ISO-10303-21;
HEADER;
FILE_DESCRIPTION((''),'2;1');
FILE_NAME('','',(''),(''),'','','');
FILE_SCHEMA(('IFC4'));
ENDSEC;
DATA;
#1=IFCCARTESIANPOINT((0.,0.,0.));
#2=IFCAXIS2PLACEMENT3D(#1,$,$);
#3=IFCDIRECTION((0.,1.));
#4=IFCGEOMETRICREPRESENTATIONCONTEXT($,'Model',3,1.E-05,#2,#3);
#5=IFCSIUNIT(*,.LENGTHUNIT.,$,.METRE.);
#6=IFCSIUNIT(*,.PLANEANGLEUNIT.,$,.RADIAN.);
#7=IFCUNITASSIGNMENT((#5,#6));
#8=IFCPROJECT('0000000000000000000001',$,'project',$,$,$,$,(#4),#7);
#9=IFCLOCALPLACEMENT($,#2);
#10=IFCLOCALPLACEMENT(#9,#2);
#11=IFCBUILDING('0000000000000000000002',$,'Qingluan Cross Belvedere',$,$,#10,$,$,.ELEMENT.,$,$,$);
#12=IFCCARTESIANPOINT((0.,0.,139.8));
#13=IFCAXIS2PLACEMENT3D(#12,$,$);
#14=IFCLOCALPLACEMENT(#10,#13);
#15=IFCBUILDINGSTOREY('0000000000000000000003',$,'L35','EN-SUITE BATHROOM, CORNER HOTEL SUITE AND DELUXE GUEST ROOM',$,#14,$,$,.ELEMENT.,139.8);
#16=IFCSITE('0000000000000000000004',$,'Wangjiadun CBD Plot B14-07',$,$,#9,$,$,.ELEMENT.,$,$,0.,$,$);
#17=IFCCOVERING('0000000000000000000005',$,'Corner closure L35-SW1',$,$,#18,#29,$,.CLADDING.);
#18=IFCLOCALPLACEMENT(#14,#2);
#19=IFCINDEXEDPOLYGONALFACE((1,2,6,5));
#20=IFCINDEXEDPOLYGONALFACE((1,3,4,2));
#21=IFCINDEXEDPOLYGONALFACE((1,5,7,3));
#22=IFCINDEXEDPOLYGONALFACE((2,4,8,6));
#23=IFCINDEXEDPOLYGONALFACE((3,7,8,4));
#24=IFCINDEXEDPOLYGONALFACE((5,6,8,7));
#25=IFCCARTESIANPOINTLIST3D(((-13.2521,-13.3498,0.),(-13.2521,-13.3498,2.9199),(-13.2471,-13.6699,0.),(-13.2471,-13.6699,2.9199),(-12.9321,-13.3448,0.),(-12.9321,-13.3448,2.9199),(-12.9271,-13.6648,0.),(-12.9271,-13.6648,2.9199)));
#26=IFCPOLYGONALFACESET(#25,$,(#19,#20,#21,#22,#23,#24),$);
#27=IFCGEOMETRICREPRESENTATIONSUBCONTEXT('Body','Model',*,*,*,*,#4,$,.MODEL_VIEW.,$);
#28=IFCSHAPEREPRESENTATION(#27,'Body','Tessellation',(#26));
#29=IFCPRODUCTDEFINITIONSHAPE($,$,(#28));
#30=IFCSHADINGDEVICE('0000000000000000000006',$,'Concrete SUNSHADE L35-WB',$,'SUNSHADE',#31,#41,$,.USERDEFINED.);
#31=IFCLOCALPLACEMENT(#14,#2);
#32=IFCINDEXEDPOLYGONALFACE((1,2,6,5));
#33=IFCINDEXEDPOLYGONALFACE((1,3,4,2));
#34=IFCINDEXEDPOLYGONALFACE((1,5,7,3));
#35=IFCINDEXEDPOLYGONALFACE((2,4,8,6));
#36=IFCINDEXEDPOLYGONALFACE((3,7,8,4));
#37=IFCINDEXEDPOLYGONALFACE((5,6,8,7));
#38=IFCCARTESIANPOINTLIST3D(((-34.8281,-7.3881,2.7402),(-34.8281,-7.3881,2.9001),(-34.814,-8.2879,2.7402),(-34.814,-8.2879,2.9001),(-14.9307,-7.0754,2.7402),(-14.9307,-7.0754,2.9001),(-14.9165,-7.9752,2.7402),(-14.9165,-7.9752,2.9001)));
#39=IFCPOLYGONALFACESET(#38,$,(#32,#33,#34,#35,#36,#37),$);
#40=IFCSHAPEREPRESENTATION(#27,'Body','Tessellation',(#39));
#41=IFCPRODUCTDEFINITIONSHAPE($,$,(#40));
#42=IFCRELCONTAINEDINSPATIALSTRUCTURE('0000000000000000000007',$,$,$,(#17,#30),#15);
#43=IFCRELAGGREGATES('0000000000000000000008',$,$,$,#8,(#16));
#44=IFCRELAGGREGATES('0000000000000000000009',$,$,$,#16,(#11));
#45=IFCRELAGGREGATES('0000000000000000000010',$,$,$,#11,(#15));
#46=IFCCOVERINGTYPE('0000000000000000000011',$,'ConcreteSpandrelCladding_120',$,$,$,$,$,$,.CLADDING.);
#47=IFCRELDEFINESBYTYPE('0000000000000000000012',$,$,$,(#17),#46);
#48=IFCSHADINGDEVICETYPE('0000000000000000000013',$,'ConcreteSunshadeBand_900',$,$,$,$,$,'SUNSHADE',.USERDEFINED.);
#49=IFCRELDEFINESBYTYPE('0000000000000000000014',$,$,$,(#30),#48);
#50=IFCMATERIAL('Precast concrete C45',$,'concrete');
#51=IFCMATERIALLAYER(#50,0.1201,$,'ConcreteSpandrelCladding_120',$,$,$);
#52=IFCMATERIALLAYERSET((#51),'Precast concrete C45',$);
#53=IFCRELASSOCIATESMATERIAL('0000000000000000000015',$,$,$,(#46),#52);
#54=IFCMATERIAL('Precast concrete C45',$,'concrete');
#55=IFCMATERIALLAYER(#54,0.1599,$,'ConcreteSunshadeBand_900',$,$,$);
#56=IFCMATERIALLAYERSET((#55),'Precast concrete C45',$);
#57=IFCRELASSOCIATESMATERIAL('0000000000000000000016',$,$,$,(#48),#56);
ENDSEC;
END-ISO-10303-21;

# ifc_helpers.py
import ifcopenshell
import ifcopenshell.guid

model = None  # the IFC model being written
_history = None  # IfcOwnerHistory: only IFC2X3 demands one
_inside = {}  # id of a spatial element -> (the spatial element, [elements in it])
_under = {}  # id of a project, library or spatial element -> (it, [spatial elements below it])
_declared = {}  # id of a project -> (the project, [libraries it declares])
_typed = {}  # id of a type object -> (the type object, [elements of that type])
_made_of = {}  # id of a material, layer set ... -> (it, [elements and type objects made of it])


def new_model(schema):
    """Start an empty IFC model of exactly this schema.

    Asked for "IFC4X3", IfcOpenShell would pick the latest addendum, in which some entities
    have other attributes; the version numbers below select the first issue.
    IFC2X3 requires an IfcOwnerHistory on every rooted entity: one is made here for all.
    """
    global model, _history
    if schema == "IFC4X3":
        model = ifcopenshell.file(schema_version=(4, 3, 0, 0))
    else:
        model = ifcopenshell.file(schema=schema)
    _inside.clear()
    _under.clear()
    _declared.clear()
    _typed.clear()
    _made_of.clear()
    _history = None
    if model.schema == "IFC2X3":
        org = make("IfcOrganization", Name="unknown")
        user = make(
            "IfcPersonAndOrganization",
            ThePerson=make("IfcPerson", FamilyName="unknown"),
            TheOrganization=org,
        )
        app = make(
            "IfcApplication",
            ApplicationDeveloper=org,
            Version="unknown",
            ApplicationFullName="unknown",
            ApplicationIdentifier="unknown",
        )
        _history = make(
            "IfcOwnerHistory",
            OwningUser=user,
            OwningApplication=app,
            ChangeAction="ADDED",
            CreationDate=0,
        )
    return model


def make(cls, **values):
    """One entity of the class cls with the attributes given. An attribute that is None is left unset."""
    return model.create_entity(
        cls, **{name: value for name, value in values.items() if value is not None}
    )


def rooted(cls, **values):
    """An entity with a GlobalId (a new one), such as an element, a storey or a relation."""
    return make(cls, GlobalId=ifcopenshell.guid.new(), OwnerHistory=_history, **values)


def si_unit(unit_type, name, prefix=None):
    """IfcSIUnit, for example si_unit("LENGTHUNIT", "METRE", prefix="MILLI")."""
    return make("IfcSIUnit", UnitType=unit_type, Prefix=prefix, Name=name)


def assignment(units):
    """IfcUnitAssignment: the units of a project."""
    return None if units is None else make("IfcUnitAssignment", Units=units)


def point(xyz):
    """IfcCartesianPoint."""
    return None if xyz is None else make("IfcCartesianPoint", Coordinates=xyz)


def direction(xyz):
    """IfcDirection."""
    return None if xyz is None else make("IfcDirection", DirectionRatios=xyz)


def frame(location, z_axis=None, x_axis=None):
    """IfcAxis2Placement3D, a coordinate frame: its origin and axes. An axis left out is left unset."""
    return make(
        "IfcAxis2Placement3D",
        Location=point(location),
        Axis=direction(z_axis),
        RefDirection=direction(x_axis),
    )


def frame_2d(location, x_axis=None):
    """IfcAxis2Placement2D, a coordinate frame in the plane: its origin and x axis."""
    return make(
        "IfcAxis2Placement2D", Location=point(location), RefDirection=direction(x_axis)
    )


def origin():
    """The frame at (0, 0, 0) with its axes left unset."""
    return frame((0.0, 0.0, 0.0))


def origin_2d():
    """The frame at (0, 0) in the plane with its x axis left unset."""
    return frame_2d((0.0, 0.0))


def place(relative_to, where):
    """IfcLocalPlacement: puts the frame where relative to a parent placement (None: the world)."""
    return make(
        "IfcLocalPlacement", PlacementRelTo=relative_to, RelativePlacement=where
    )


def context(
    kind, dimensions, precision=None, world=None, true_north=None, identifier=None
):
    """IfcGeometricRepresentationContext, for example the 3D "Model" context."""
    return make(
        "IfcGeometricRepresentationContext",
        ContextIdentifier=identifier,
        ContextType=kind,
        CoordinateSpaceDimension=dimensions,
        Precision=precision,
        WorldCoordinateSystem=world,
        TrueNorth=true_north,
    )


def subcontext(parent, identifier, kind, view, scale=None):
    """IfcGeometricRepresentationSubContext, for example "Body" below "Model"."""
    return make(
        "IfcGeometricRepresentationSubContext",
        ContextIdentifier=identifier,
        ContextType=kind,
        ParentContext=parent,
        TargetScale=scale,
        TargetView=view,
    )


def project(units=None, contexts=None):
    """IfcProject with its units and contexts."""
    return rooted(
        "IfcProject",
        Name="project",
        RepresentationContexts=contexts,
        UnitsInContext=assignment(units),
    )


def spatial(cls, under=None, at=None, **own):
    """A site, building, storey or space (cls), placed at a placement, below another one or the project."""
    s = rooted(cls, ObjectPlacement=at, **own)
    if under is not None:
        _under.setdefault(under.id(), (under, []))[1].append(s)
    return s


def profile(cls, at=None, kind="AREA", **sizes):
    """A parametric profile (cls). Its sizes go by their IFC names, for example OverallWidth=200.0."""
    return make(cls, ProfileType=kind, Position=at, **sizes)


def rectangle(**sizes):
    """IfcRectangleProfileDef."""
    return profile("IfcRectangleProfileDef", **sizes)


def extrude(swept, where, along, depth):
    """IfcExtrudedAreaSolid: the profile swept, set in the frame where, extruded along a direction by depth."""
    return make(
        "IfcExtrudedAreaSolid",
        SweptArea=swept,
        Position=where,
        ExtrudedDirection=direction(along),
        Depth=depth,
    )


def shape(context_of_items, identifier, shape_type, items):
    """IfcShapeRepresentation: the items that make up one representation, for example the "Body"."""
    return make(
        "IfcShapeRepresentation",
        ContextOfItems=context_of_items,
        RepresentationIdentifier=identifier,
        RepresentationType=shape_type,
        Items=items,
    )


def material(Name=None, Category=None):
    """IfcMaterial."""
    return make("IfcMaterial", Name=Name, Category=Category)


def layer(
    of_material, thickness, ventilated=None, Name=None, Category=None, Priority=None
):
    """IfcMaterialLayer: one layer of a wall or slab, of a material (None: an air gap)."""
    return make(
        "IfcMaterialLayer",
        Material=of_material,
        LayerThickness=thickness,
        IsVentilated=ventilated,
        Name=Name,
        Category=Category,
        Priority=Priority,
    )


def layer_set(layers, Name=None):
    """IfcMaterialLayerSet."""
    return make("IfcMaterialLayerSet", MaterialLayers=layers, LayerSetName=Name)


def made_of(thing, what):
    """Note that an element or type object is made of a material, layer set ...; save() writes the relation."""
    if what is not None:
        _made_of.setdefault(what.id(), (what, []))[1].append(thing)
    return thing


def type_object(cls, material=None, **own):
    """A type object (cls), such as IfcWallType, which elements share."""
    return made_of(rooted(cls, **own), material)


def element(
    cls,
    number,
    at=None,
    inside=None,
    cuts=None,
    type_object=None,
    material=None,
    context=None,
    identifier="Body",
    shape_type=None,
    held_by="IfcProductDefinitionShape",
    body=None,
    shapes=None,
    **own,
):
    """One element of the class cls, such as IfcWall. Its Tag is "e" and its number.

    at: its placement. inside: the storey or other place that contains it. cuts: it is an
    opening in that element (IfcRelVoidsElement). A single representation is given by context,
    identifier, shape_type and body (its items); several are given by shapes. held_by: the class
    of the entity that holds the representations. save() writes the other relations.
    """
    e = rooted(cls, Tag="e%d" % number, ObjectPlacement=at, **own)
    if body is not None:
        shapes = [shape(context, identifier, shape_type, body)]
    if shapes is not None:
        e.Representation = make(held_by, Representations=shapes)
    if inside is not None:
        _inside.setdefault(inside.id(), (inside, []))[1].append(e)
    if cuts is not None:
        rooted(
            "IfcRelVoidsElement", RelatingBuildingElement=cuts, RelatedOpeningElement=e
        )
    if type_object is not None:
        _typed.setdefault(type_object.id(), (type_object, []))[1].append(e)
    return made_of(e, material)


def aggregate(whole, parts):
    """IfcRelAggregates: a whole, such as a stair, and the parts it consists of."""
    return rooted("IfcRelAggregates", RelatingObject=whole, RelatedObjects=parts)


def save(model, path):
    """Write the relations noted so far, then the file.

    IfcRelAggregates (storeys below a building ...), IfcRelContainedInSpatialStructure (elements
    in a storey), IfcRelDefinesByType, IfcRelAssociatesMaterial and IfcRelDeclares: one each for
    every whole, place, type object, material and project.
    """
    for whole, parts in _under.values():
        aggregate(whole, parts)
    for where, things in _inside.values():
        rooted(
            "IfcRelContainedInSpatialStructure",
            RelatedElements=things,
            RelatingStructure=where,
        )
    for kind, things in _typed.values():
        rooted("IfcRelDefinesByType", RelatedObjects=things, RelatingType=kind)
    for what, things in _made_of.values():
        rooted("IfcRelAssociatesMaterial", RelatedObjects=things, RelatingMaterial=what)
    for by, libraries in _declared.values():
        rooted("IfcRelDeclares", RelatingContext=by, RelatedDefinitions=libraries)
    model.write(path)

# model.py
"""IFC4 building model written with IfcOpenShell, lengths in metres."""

from ifc_helpers import new_model, si_unit, direction, frame, origin, origin_2d, place, context, subcontext, project, spatial, rectangle, extrude, material, layer, layer_set, type_object, element, save


model = new_model("IFC4")

# Units and contexts
model_context = context("Model", 3, precision=1e-05, world=origin(), true_north=direction((0.0, 1.0)))
body_context = subcontext(model_context, "Body", "Model", "MODEL_VIEW")
ifc_project = project(units=[si_unit("LENGTHUNIT", "METRE"), si_unit("PLANEANGLEUNIT", "RADIAN")], contexts=[model_context])

# Site, building, storey
site_placement = place(None, origin())
site = spatial("IfcSite", under=ifc_project, at=site_placement, Name="Wangjiadun CBD Plot B14-07", CompositionType="ELEMENT", RefElevation=0.0)
building_placement = place(site_placement, origin())
building = spatial("IfcBuilding", under=site, at=building_placement, Name="Qingluan Cross Belvedere", CompositionType="ELEMENT")
storey_placement = place(building_placement, frame((0.0, 0.0, 139.8)))
storey = spatial("IfcBuildingStorey", under=building, at=storey_placement, Name="L35", Description="EN-SUITE BATHROOM, CORNER HOTEL SUITE AND DELUXE GUEST ROOM", CompositionType="ELEMENT", Elevation=139.8)

# Covering
ifc_material_1 = material(Name="Precast concrete C45", Category="concrete")
ifc_layer_1 = layer(ifc_material_1, 0.1201, Name="ConcreteSpandrelCladding_120")
ifc_layer_set_1 = layer_set([ifc_layer_1], Name="Precast concrete C45")
covering_type = type_object("IfcCoveringType", Name="ConcreteSpandrelCladding_120", PredefinedType="CLADDING", material=ifc_layer_set_1)
covering_placement = place(storey_placement, frame((-13.0896, -13.5073, 0.0), z_axis=(0.0, 0.0, 1.0), x_axis=(0.999877, 0.015707, 0.0)))
element("IfcCovering", 1, at=covering_placement, inside=storey, type_object=covering_type, Name="Corner closure L35-SW1", PredefinedType="CLADDING", context=body_context, shape_type="SweptSolid", body=[
    extrude(rectangle(XDim=0.3201, YDim=0.3201, at=origin_2d()), origin(), (0.0, 0.0, 1.0), 2.9199),
])

# Shading device
ifc_material_2 = material(Name="Precast concrete C45", Category="concrete")
ifc_layer_2 = layer(ifc_material_2, 0.1599, Name="ConcreteSunshadeBand_900")
ifc_layer_set_2 = layer_set([ifc_layer_2], Name="Precast concrete C45")
shading_device_type = type_object("IfcShadingDeviceType", Name="ConcreteSunshadeBand_900", ElementType="SUNSHADE", PredefinedType="USERDEFINED", material=ifc_layer_set_2)
shading_device_placement = place(storey_placement, frame((-24.8723, -7.6816, 2.7402), z_axis=(0.0, 0.0, 1.0), x_axis=(0.999877, 0.015711, 0.0)))
element("IfcShadingDevice", 2, at=shading_device_placement, inside=storey, type_object=shading_device_type, Name="Concrete SUNSHADE L35-WB", ObjectType="SUNSHADE", PredefinedType="USERDEFINED", context=body_context, shape_type="SweptSolid", body=[
    extrude(rectangle(XDim=19.8999, YDim=0.8999, at=origin_2d()), origin(), (0.0, 0.0, 1.0), 0.1599),
])

save(model, "model.ifc")
